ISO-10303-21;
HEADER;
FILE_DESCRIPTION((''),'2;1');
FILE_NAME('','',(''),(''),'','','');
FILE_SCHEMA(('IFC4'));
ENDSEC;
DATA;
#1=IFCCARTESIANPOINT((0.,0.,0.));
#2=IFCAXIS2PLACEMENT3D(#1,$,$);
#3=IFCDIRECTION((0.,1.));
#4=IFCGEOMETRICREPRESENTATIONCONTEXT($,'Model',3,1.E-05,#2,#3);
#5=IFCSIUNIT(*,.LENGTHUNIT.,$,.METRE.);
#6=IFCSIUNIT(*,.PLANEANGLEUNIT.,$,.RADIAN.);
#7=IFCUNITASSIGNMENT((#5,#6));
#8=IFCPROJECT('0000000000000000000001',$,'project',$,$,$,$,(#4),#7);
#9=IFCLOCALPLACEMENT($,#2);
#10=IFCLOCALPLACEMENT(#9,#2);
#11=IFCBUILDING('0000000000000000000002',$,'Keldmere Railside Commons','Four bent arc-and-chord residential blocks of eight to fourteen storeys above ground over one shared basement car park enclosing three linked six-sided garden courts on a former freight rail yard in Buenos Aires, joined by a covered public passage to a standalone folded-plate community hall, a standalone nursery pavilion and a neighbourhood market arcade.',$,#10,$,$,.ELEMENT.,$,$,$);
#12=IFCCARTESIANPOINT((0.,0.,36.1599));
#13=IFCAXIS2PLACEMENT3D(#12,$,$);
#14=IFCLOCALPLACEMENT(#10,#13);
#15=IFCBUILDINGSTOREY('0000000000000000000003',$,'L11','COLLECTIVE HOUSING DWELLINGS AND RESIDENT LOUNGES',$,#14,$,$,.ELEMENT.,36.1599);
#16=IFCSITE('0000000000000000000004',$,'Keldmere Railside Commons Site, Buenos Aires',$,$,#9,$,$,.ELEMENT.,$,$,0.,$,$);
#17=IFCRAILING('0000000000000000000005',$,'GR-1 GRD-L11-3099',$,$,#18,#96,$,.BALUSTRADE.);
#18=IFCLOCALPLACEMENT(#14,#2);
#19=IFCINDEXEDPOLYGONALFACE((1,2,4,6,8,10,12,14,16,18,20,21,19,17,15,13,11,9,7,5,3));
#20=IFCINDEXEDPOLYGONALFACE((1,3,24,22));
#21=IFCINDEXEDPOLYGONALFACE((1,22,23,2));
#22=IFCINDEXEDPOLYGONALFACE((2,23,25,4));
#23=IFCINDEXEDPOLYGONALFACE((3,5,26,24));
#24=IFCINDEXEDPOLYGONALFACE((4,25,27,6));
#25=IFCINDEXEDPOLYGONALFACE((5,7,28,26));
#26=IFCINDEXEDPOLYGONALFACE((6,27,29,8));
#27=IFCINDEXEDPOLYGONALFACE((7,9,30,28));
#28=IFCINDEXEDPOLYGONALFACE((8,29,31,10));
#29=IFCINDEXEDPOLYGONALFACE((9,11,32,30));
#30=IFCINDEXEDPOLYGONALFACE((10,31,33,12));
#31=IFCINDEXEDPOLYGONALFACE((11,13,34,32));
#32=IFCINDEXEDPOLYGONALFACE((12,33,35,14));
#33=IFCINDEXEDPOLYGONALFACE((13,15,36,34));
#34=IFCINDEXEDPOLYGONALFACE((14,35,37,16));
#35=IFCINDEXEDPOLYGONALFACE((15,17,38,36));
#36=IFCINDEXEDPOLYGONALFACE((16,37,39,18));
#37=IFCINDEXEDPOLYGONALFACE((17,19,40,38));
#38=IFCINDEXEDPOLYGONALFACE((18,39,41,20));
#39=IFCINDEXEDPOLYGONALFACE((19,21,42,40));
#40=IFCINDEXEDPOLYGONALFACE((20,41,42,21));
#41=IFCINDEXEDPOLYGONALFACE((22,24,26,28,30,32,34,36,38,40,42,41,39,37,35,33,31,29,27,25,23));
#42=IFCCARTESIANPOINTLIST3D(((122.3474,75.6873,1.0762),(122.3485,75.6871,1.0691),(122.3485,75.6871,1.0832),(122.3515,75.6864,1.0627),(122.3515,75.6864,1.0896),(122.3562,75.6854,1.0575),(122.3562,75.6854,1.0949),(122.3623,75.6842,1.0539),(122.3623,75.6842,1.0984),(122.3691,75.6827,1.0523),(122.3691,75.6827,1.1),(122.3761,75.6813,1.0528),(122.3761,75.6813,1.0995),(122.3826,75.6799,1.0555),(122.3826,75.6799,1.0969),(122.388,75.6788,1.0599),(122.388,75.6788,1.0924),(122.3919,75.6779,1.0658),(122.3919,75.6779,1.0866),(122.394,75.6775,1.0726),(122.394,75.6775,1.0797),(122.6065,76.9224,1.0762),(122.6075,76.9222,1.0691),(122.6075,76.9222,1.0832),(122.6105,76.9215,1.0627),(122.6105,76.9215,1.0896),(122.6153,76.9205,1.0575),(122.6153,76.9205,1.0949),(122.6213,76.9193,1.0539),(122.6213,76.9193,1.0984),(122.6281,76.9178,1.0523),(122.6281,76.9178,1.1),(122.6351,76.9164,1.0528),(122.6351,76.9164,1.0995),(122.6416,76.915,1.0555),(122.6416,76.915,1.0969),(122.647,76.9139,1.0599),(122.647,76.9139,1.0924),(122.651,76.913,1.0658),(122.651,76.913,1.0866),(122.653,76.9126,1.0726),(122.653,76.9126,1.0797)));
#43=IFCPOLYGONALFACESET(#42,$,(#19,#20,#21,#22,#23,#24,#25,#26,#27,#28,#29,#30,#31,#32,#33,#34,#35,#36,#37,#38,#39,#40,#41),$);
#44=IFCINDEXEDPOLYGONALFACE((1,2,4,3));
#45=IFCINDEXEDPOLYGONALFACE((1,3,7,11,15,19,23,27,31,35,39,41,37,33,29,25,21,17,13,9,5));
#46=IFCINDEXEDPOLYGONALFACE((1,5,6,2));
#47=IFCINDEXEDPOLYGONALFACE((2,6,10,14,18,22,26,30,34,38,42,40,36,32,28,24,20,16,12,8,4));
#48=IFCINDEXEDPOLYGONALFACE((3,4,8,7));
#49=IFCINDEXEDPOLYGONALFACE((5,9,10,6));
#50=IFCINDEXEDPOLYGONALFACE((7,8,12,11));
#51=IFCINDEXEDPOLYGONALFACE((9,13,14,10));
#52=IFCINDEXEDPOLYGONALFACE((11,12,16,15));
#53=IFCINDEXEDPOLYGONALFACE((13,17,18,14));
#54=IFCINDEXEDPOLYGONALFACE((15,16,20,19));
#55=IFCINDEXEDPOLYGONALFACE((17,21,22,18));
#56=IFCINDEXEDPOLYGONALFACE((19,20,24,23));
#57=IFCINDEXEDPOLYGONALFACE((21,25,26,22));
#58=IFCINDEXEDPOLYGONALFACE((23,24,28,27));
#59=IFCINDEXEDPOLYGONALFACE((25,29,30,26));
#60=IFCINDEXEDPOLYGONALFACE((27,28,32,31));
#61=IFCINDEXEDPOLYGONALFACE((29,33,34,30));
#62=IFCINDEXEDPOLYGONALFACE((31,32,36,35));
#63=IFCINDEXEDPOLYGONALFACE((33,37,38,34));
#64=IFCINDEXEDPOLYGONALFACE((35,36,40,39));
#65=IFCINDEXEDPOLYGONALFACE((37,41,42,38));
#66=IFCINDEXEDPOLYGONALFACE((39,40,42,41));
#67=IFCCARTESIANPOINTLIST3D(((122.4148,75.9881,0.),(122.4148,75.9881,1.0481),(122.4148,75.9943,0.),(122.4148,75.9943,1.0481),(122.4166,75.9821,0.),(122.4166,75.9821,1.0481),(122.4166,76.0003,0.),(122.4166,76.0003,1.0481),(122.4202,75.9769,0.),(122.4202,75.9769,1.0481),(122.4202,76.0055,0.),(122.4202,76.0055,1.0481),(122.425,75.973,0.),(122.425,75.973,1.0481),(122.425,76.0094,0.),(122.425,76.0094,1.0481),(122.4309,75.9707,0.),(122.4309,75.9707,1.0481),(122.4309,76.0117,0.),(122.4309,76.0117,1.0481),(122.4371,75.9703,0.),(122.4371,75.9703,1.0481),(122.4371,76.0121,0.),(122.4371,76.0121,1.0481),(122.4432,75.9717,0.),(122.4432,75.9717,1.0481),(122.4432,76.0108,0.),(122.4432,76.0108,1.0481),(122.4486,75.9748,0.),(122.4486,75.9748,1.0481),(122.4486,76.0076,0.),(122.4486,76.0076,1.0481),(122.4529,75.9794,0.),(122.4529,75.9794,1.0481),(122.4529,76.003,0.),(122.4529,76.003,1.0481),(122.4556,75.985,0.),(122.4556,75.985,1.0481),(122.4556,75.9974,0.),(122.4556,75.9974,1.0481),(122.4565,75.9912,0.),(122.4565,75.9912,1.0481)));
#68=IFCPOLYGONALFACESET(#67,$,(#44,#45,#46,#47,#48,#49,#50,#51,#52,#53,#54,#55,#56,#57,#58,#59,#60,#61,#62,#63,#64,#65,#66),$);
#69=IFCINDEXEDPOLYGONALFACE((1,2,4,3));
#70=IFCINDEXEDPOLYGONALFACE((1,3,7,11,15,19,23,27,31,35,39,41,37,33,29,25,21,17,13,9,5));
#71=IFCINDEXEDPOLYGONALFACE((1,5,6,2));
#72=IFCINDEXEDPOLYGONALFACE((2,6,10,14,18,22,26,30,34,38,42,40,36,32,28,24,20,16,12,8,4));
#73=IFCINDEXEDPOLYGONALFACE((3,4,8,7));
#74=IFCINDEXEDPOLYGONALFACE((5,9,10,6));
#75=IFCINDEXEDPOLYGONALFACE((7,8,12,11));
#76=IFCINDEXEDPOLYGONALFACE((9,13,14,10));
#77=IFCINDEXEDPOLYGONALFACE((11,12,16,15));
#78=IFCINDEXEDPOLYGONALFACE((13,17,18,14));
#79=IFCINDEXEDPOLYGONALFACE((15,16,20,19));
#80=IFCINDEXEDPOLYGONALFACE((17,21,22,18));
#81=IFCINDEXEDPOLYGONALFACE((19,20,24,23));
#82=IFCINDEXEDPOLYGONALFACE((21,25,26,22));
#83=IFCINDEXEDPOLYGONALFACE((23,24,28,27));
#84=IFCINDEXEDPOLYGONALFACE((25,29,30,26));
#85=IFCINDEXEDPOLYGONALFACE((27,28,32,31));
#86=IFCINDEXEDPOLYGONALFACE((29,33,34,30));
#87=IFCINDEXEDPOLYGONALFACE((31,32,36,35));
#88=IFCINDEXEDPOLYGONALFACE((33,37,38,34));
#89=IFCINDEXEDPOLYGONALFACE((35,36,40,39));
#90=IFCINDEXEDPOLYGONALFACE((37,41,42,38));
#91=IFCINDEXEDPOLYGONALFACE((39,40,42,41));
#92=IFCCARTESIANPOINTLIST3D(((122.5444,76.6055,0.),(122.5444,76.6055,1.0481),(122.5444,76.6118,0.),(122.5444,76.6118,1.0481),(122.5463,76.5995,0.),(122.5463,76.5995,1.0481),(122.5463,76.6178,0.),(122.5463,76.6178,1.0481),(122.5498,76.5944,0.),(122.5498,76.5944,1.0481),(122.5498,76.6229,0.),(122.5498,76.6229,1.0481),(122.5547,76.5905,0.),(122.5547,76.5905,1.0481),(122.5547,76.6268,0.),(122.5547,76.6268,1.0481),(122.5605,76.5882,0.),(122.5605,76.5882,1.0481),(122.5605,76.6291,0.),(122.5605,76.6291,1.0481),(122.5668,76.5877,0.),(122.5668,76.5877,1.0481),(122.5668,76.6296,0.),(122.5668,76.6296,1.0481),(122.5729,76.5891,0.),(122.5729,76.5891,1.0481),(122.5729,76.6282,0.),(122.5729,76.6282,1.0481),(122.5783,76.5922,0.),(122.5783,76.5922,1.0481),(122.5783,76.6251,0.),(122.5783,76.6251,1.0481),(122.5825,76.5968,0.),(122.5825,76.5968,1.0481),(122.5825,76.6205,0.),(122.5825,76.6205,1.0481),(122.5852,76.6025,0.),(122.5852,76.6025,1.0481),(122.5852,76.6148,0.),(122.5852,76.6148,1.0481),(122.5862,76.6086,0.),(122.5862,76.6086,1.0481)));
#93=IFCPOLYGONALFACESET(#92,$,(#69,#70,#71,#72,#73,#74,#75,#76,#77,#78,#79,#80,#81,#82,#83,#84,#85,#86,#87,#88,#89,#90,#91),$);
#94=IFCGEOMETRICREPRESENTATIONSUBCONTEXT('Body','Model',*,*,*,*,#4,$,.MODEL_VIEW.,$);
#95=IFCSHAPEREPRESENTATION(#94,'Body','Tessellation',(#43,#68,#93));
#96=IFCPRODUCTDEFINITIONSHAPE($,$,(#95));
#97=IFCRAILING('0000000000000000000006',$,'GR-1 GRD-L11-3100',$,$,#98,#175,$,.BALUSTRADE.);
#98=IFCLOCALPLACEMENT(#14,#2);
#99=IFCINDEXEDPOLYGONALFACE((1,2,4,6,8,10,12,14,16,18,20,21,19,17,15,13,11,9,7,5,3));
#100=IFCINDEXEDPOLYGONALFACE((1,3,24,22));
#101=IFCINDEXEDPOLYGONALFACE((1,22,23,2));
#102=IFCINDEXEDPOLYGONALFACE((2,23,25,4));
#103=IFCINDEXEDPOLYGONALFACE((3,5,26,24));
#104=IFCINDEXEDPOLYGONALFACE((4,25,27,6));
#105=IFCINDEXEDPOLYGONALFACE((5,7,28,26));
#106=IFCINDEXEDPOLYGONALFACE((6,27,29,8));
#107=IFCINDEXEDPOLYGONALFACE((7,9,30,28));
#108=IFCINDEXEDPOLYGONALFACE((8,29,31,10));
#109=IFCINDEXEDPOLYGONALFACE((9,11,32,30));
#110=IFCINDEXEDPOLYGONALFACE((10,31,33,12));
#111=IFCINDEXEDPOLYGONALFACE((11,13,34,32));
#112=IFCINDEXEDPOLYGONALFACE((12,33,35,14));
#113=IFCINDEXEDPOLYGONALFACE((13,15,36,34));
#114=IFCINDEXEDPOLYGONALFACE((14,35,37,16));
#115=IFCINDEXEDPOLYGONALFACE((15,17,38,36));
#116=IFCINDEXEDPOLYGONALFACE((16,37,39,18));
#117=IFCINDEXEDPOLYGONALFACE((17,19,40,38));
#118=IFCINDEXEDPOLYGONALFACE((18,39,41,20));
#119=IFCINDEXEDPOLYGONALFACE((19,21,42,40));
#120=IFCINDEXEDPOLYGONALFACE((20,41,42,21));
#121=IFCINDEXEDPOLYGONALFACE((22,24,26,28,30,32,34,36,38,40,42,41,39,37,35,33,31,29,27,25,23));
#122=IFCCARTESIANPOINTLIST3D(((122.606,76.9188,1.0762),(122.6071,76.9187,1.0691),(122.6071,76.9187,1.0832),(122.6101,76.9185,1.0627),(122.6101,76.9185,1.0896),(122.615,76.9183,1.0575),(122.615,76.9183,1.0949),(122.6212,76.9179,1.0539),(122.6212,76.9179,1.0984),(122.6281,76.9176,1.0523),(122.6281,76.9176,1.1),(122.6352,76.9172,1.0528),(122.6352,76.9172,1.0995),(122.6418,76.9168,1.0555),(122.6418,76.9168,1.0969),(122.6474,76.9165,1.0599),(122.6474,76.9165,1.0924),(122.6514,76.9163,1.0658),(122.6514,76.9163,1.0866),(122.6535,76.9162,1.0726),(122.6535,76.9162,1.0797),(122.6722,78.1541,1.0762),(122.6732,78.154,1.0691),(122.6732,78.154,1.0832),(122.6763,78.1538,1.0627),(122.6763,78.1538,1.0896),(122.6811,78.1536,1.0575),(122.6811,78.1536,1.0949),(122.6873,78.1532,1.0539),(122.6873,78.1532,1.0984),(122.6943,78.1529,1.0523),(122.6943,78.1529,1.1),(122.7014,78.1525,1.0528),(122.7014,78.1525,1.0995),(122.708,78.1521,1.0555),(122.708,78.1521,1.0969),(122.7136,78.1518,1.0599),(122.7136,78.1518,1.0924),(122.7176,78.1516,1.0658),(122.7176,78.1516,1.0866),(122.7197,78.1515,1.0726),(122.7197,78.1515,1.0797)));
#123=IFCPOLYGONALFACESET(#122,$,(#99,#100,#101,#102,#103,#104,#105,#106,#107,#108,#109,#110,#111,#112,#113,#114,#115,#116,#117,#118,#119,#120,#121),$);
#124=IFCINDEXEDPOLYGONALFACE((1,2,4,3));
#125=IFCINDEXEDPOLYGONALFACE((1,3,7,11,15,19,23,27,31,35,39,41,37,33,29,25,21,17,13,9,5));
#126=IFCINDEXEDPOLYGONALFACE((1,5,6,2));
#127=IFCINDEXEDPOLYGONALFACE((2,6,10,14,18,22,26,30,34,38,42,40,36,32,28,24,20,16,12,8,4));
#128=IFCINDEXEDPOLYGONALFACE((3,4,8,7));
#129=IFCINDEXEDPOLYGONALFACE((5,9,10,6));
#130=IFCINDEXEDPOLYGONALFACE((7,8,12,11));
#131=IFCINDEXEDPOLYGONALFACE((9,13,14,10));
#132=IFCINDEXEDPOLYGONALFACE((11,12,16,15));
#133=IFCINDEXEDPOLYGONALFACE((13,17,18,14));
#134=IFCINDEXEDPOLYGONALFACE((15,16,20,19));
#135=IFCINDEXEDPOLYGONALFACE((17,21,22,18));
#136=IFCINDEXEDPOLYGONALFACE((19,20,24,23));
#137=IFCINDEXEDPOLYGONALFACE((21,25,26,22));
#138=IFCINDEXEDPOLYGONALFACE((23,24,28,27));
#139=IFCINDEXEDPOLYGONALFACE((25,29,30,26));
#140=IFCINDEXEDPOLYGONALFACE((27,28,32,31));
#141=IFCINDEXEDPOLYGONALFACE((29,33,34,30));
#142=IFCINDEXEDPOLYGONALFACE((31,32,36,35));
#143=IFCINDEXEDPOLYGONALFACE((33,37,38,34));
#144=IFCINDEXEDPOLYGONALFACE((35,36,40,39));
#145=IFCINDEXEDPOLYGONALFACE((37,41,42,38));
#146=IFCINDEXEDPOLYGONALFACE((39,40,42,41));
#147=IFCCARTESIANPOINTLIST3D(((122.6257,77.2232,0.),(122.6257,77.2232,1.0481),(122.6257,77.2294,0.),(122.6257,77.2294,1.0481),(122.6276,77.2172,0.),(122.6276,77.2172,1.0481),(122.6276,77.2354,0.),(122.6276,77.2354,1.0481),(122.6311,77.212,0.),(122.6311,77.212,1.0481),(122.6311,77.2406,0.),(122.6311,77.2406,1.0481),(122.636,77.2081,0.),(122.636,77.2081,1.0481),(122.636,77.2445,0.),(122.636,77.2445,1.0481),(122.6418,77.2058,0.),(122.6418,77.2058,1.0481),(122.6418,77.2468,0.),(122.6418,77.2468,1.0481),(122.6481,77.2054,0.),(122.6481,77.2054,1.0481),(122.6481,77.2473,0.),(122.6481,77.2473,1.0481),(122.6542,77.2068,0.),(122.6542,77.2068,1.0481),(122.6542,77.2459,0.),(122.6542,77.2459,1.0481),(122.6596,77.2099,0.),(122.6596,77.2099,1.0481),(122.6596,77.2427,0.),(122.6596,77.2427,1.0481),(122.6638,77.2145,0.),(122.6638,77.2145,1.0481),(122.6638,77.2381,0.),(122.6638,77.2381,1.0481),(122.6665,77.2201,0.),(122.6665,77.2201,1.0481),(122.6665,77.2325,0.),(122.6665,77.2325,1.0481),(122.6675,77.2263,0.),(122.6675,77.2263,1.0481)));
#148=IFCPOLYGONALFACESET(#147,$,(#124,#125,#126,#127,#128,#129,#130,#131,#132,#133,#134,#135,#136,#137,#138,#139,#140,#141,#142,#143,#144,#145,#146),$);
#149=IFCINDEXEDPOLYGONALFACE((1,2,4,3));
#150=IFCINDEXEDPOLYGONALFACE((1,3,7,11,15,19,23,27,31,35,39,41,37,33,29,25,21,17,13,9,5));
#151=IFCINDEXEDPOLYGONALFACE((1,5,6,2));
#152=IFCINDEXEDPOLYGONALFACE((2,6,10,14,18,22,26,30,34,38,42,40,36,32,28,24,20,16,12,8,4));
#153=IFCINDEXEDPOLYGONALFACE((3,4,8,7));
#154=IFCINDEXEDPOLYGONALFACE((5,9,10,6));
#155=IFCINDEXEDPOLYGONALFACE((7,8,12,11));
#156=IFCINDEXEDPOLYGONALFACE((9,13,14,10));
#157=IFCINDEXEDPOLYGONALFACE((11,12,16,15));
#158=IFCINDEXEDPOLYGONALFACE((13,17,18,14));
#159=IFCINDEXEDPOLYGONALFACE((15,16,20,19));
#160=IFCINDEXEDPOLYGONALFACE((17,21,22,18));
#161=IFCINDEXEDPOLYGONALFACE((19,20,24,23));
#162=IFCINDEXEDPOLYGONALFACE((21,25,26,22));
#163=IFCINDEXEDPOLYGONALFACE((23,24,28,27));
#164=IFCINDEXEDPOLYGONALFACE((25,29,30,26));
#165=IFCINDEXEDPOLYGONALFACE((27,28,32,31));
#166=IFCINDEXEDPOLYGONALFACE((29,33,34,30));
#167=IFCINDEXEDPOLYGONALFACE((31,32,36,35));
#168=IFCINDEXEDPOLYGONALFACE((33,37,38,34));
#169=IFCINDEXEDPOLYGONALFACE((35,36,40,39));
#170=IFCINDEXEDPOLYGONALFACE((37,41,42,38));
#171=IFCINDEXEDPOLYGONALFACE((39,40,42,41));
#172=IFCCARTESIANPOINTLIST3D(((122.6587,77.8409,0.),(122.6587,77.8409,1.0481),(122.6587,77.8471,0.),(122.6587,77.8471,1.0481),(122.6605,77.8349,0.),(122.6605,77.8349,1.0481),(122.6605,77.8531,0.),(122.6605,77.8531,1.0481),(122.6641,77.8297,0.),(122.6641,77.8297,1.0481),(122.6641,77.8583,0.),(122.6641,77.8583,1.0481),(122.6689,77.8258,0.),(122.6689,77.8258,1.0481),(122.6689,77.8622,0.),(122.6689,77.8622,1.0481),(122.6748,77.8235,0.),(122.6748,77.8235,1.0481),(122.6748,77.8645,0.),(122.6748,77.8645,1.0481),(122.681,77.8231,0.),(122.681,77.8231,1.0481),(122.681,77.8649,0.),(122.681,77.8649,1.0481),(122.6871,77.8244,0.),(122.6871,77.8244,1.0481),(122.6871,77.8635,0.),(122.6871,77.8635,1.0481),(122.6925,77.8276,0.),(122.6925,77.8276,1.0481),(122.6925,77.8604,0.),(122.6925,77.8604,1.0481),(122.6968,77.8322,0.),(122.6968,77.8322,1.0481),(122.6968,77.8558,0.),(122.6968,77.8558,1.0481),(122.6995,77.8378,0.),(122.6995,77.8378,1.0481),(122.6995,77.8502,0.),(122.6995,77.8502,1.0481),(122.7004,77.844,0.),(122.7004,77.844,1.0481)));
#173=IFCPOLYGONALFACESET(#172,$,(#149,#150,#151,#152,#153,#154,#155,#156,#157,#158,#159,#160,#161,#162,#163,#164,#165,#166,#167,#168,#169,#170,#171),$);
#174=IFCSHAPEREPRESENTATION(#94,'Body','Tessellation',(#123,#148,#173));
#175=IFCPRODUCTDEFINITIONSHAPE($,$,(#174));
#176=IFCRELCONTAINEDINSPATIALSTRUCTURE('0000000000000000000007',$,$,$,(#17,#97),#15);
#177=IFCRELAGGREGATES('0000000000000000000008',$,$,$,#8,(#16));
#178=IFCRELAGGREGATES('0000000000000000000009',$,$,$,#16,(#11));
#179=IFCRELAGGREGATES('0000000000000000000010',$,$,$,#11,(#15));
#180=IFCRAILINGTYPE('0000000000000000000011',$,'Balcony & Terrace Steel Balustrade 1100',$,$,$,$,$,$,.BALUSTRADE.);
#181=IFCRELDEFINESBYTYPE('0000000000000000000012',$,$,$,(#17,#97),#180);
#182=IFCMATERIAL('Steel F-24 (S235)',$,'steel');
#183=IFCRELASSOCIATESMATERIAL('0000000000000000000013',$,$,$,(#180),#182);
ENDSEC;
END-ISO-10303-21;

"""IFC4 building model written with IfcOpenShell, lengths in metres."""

from ifc_helpers import new_model, si_unit, direction, frame, origin, origin_2d, place, context, subcontext, project, spatial, circle, extrude, material, type_object, element, save


model = new_model("IFC4")

# Units and contexts
model_context = context("Model", 3, precision=1e-05, world=origin(), true_north=direction((0.0, 1.0)))
body_context = subcontext(model_context, "Body", "Model", "MODEL_VIEW")
ifc_project = project(units=[si_unit("LENGTHUNIT", "METRE"), si_unit("PLANEANGLEUNIT", "RADIAN")], contexts=[model_context])

# Site, building, storey
site_placement = place(None, origin())
site = spatial("IfcSite", under=ifc_project, at=site_placement, Name="Keldmere Railside Commons Site, Buenos Aires", CompositionType="ELEMENT", RefElevation=0.0)
building_placement = place(site_placement, origin())
building = spatial("IfcBuilding", under=site, at=building_placement, Name="Keldmere Railside Commons", Description="Four bent arc-and-chord residential blocks of eight to fourteen storeys above ground over one shared basement car park enclosing three linked six-sided garden courts on a former freight rail yard in Buenos Aires, joined by a covered public passage to a standalone folded-plate community hall, a standalone nursery pavilion and a neighbourhood market arcade.", CompositionType="ELEMENT")
storey_placement = place(building_placement, frame((0.0, 0.0, 36.1599)))
storey = spatial("IfcBuildingStorey", under=building, at=storey_placement, Name="L11", Description="COLLECTIVE HOUSING DWELLINGS AND RESIDENT LOUNGES", CompositionType="ELEMENT", Elevation=36.1599)

# Shared definitions
ifc_material_1 = material(Name="Steel F-24 (S235)", Category="steel")

# Railings
railing_type_1 = type_object("IfcRailingType", Name="Balcony & Terrace Steel Balustrade 1100", PredefinedType="BALUSTRADE", material=ifc_material_1)
railing_1_placement = place(storey_placement, frame((122.3708, 75.6824, 0.0)))
element("IfcRailing", 1, at=railing_1_placement, inside=storey, type_object=railing_type_1, Name="GR-1 GRD-L11-3099", PredefinedType="BALUSTRADE", context=body_context, shape_type="SweptSolid", body=[
    extrude(circle(Radius=0.0239, at=origin_2d()), frame((0.0, 0.0, 1.0762), z_axis=(0.20526, 0.978708, 0.0), x_axis=(-0.978708, 0.20526, 0.0)), (0.0, 0.0, 1.0), 1.262),
    extrude(circle(Radius=0.021, at=origin_2d()), frame((0.0647, 0.3088, 0.0)), (0.0, 0.0, 1.0), 1.0481),
    extrude(circle(Radius=0.021, at=origin_2d()), frame((0.1943, 0.9263, 0.0)), (0.0, 0.0, 1.0), 1.0481),
])
railing_2_placement = place(storey_placement, frame((122.6299, 76.9175, 0.0)))
element("IfcRailing", 2, at=railing_2_placement, inside=storey, type_object=railing_type_1, Name="GR-1 GRD-L11-3100", PredefinedType="BALUSTRADE", context=body_context, shape_type="SweptSolid", body=[
    extrude(circle(Radius=0.0239, at=origin_2d()), frame((0.0, 0.0, 1.0762), z_axis=(0.053481, 0.998569, 0.0), x_axis=(-0.998569, 0.053481, 0.0)), (0.0, 0.0, 1.0), 1.2371),
    extrude(circle(Radius=0.021, at=origin_2d()), frame((0.0166, 0.3088, 0.0)), (0.0, 0.0, 1.0), 1.0481),
    extrude(circle(Radius=0.021, at=origin_2d()), frame((0.0496, 0.9265, 0.0)), (0.0, 0.0, 1.0), 1.0481),
])

save(model, "model.ifc")
